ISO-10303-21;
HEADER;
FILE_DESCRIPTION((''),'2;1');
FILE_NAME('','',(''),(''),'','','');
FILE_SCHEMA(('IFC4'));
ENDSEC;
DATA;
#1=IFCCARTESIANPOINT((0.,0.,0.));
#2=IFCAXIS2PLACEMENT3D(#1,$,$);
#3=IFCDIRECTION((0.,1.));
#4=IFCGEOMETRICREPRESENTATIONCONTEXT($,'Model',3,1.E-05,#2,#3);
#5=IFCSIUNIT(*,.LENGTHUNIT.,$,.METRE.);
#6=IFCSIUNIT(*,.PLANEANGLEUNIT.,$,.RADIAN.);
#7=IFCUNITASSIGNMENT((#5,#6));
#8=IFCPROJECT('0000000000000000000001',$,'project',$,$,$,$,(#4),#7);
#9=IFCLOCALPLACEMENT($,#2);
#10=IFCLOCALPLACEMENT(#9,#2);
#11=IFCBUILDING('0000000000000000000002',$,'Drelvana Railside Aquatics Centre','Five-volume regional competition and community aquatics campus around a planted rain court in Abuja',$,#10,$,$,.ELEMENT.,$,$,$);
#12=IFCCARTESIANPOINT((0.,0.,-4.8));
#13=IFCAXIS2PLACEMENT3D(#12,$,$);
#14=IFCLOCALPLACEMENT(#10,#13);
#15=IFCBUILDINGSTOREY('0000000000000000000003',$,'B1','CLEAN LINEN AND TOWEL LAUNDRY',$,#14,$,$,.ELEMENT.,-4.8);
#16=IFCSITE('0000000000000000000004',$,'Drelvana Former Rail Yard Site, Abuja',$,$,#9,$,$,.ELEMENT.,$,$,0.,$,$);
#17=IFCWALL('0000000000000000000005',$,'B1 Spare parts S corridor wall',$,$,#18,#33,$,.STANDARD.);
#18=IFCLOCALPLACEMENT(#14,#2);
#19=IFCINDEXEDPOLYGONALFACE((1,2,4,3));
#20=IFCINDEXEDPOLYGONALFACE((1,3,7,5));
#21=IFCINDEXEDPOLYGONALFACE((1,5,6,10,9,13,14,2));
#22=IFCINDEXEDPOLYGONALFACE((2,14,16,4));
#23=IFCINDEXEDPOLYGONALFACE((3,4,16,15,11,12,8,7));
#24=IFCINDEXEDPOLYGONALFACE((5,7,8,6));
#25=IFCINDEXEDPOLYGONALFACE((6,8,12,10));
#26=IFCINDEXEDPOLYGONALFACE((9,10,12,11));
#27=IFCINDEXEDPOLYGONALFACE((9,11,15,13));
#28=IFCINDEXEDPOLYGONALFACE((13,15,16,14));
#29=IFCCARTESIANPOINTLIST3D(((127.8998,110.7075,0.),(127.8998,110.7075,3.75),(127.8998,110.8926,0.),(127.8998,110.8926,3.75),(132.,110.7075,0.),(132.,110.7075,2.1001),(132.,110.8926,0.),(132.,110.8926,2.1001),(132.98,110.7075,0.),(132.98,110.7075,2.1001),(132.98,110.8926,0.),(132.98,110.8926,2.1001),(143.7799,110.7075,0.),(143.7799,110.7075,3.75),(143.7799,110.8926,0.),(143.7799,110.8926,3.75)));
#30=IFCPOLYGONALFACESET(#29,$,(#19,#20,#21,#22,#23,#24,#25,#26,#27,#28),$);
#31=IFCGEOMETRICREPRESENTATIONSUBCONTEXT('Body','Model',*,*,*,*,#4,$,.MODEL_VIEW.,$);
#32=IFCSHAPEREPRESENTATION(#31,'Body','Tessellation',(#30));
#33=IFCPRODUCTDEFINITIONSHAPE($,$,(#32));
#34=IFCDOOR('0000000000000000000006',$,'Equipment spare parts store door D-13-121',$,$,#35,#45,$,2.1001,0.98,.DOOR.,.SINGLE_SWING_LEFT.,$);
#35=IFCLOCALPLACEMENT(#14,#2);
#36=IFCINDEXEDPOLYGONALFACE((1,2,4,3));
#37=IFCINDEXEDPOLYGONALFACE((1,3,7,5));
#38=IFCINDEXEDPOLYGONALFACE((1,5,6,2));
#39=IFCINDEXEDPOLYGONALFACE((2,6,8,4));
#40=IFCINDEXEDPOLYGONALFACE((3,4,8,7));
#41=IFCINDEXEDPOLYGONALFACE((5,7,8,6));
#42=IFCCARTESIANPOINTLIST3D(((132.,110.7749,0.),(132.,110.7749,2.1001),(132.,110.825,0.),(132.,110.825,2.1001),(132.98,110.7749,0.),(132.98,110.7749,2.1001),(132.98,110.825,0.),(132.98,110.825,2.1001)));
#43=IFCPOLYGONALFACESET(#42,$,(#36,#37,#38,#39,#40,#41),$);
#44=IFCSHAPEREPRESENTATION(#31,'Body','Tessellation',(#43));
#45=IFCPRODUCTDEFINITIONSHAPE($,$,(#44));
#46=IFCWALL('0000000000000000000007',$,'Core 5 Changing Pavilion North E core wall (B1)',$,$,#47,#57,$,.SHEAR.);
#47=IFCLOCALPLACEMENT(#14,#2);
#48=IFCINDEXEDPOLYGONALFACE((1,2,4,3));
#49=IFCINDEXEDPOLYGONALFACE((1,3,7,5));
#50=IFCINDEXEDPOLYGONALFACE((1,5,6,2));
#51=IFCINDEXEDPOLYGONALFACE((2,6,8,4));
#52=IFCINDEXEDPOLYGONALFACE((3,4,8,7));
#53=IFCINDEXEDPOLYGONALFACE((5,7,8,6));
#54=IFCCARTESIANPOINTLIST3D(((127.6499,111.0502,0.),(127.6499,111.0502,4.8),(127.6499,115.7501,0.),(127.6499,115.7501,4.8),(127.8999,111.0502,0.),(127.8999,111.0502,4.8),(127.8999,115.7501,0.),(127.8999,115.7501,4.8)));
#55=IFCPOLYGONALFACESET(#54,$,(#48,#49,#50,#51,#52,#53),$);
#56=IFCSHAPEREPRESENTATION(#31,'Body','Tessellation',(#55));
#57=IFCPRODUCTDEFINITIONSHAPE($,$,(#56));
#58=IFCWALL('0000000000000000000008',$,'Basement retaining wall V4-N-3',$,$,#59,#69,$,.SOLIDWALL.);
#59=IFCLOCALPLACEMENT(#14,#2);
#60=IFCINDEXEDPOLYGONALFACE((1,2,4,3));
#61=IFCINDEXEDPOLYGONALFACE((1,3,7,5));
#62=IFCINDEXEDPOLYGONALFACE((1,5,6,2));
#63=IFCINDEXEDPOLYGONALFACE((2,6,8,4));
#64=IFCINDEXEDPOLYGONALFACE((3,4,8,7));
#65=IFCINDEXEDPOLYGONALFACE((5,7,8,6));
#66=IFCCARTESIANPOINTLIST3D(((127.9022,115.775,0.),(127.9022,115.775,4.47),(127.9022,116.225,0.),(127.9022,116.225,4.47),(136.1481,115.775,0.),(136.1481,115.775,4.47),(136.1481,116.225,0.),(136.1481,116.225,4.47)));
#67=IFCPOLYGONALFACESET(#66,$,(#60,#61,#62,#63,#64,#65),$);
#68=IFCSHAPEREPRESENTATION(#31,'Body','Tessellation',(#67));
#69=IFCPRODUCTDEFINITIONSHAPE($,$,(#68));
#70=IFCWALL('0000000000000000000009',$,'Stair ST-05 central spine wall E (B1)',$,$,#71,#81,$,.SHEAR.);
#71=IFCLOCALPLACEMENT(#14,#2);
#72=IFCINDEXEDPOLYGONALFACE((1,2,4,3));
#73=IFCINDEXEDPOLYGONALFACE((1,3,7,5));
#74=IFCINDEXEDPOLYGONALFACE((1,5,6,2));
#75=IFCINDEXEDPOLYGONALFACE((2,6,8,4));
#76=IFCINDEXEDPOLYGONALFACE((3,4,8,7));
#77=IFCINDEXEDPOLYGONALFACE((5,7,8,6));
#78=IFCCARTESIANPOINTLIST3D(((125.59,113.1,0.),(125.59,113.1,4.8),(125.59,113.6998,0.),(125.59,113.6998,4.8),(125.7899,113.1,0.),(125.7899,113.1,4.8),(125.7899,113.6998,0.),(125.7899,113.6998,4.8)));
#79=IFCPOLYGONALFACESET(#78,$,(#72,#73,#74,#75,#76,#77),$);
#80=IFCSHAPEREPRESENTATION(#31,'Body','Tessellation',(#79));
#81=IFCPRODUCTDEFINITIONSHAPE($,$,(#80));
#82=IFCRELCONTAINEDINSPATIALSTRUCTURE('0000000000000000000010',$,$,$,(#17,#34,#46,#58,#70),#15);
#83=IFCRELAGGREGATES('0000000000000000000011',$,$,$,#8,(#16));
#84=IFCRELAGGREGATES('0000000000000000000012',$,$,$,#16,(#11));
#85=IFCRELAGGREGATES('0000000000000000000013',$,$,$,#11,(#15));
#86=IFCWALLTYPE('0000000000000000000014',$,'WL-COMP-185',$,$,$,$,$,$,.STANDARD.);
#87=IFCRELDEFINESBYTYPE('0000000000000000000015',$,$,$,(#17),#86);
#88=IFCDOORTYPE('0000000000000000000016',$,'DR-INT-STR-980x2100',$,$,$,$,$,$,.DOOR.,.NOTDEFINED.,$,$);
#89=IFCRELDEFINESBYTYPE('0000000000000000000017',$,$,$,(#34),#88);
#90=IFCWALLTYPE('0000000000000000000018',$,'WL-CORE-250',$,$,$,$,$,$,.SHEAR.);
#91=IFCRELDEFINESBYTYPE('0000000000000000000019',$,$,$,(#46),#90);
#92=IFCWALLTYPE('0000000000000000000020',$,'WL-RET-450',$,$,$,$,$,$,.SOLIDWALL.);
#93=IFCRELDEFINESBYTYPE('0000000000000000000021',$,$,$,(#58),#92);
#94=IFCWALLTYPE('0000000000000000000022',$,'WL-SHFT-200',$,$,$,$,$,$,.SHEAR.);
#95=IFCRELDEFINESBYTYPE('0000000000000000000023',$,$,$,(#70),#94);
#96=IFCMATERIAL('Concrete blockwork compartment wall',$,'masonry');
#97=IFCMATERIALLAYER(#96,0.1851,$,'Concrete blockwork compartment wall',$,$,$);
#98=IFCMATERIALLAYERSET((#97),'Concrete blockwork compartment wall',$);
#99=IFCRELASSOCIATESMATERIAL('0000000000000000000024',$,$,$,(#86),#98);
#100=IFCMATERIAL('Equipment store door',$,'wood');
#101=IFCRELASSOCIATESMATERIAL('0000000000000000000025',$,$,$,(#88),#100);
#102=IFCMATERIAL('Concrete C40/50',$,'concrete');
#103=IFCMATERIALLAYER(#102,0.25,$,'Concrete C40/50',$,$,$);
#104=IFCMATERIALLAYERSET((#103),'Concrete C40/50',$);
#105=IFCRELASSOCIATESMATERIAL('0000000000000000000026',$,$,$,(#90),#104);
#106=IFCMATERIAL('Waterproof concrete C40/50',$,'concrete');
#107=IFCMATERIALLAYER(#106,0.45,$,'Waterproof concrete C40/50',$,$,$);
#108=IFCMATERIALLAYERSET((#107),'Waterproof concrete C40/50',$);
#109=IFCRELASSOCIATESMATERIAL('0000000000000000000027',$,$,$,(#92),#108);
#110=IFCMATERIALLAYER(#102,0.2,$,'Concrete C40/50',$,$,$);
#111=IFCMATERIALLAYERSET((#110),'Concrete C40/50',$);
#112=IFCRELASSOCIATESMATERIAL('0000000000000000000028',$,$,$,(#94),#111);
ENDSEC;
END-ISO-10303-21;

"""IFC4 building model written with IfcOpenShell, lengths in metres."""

from ifc_helpers import new_model, si_unit, direction, frame, frame_2d, origin, place, context, subcontext, project, spatial, rectangle, extrude, material, layer, layer_set, type_object, element, fill, save


model = new_model("IFC4")

# Units and contexts
model_context = context("Model", 3, precision=1e-05, world=origin(), true_north=direction((0.0, 1.0)))
body_context = subcontext(model_context, "Body", "Model", "MODEL_VIEW")
ifc_project = project(units=[si_unit("LENGTHUNIT", "METRE"), si_unit("PLANEANGLEUNIT", "RADIAN")], contexts=[model_context])

# Site, building, storey
site_placement = place(None, origin())
site = spatial("IfcSite", under=ifc_project, at=site_placement, Name="Drelvana Former Rail Yard Site, Abuja", CompositionType="ELEMENT", RefElevation=0.0)
building_placement = place(site_placement, origin())
building = spatial("IfcBuilding", under=site, at=building_placement, Name="Drelvana Railside Aquatics Centre", Description="Five-volume regional competition and community aquatics campus around a planted rain court in Abuja", CompositionType="ELEMENT")
storey_placement = place(building_placement, frame((0.0, 0.0, -4.8)))
storey = spatial("IfcBuildingStorey", under=building, at=storey_placement, Name="B1", Description="CLEAN LINEN AND TOWEL LAUNDRY", CompositionType="ELEMENT", Elevation=-4.8)

# Shared definitions
ifc_material_1 = material(Name="Concrete C40/50", Category="concrete")

# Wall, opening, door
ifc_material_2 = material(Name="Concrete blockwork compartment wall", Category="masonry")
ifc_layer_1 = layer(ifc_material_2, 0.1851, Name="Concrete blockwork compartment wall")
ifc_layer_set_1 = layer_set([ifc_layer_1], Name="Concrete blockwork compartment wall")
wall_type_1 = type_object("IfcWallType", Name="WL-COMP-185", PredefinedType="STANDARD", material=ifc_layer_set_1)
wall_1_placement = place(storey_placement, frame((127.8999, 110.8, 0.0), z_axis=(0.0, 0.0, 1.0), x_axis=(1.0, 0.0, 0.0)))
wall_1 = element("IfcWall", 1, at=wall_1_placement, inside=storey, type_object=wall_type_1, Name="B1 Spare parts S corridor wall", PredefinedType="STANDARD", context=body_context, shape_type="SweptSolid", body=[
    extrude(rectangle(XDim=15.8801, YDim=0.1851, at=frame_2d((7.9399, 0.0))), origin(), (0.0, 0.0, 1.0), 3.75),
])
opening_1_placement = place(wall_1_placement, frame((4.1001, 0.0, 0.0)))
opening_1 = element("IfcOpeningElement", 2, at=opening_1_placement, cuts=wall_1, PredefinedType="OPENING", context=body_context, shape_type="SweptSolid", body=[
    extrude(rectangle(XDim=0.98, YDim=2.1001, at=frame_2d((0.49, 1.05))), frame((0.0, 0.1025, 0.0), z_axis=(0.0, -1.0, 0.0), x_axis=(1.0, 0.0, 0.0)), (0.0, 0.0, 1.0), 0.2051),
])
ifc_material_3 = material(Name="Equipment store door", Category="wood")
door_type_1 = type_object("IfcDoorType", Name="DR-INT-STR-980x2100", OperationType="NOTDEFINED", PredefinedType="DOOR", material=ifc_material_3)
door_1_placement = place(opening_1_placement, origin())
door_1 = element("IfcDoor", 3, at=door_1_placement, inside=storey, type_object=door_type_1, Name="Equipment spare parts store door D-13-121", OperationType="SINGLE_SWING_LEFT", OverallHeight=2.1001, OverallWidth=0.98, PredefinedType="DOOR", context=body_context, shape_type="SweptSolid", body=[
    extrude(rectangle(XDim=0.98, YDim=2.1001, at=frame_2d((0.49, 1.05))), frame((0.0, 0.0249, 0.0), z_axis=(0.0, -1.0, 0.0), x_axis=(1.0, 0.0, 0.0)), (0.0, 0.0, 1.0), 0.05),
])
fill(opening_1, door_1)

# Walls
ifc_layer_2 = layer(ifc_material_1, 0.25, Name="Concrete C40/50")
ifc_layer_set_2 = layer_set([ifc_layer_2], Name="Concrete C40/50")
wall_type_2 = type_object("IfcWallType", Name="WL-CORE-250", PredefinedType="SHEAR", material=ifc_layer_set_2)
wall_2_placement = place(storey_placement, frame((127.7749, 111.05, 0.0), z_axis=(0.0, 0.0, 1.0), x_axis=(0.0, 1.0, 0.0)))
element("IfcWall", 4, at=wall_2_placement, inside=storey, type_object=wall_type_2, Name="Core 5 Changing Pavilion North E core wall (B1)", PredefinedType="SHEAR", context=body_context, shape_type="SweptSolid", body=[
    extrude(rectangle(XDim=4.7, YDim=0.25, at=frame_2d((2.3501, 0.0))), origin(), (0.0, 0.0, 1.0), 4.8),
])
ifc_material_4 = material(Name="Waterproof concrete C40/50", Category="concrete")
ifc_layer_3 = layer(ifc_material_4, 0.45, Name="Waterproof concrete C40/50")
ifc_layer_set_3 = layer_set([ifc_layer_3], Name="Waterproof concrete C40/50")
wall_type_3 = type_object("IfcWallType", Name="WL-RET-450", PredefinedType="SOLIDWALL", material=ifc_layer_set_3)
wall_3_placement = place(storey_placement, frame((127.9021, 116.0, 0.0), z_axis=(0.0, 0.0, 1.0), x_axis=(1.0, 0.0, 0.0)))
element("IfcWall", 5, at=wall_3_placement, inside=storey, type_object=wall_type_3, Name="Basement retaining wall V4-N-3", PredefinedType="SOLIDWALL", context=body_context, shape_type="SweptSolid", body=[
    extrude(rectangle(XDim=8.2458, YDim=0.45, at=frame_2d((4.123, 0.0))), origin(), (0.0, 0.0, 1.0), 4.47),
])
ifc_layer_4 = layer(ifc_material_1, 0.2, Name="Concrete C40/50")
ifc_layer_set_4 = layer_set([ifc_layer_4], Name="Concrete C40/50")
wall_type_4 = type_object("IfcWallType", Name="WL-SHFT-200", PredefinedType="SHEAR", material=ifc_layer_set_4)
wall_4_placement = place(storey_placement, frame((125.6899, 113.1001, 0.0), z_axis=(0.0, 0.0, 1.0), x_axis=(0.0, 1.0, 0.0)))
element("IfcWall", 6, at=wall_4_placement, inside=storey, type_object=wall_type_4, Name="Stair ST-05 central spine wall E (B1)", PredefinedType="SHEAR", context=body_context, shape_type="SweptSolid", body=[
    extrude(rectangle(XDim=0.5999, YDim=0.2, at=frame_2d((0.2998, 0.0))), origin(), (0.0, 0.0, 1.0), 4.8),
])

save(model, "model.ifc")
